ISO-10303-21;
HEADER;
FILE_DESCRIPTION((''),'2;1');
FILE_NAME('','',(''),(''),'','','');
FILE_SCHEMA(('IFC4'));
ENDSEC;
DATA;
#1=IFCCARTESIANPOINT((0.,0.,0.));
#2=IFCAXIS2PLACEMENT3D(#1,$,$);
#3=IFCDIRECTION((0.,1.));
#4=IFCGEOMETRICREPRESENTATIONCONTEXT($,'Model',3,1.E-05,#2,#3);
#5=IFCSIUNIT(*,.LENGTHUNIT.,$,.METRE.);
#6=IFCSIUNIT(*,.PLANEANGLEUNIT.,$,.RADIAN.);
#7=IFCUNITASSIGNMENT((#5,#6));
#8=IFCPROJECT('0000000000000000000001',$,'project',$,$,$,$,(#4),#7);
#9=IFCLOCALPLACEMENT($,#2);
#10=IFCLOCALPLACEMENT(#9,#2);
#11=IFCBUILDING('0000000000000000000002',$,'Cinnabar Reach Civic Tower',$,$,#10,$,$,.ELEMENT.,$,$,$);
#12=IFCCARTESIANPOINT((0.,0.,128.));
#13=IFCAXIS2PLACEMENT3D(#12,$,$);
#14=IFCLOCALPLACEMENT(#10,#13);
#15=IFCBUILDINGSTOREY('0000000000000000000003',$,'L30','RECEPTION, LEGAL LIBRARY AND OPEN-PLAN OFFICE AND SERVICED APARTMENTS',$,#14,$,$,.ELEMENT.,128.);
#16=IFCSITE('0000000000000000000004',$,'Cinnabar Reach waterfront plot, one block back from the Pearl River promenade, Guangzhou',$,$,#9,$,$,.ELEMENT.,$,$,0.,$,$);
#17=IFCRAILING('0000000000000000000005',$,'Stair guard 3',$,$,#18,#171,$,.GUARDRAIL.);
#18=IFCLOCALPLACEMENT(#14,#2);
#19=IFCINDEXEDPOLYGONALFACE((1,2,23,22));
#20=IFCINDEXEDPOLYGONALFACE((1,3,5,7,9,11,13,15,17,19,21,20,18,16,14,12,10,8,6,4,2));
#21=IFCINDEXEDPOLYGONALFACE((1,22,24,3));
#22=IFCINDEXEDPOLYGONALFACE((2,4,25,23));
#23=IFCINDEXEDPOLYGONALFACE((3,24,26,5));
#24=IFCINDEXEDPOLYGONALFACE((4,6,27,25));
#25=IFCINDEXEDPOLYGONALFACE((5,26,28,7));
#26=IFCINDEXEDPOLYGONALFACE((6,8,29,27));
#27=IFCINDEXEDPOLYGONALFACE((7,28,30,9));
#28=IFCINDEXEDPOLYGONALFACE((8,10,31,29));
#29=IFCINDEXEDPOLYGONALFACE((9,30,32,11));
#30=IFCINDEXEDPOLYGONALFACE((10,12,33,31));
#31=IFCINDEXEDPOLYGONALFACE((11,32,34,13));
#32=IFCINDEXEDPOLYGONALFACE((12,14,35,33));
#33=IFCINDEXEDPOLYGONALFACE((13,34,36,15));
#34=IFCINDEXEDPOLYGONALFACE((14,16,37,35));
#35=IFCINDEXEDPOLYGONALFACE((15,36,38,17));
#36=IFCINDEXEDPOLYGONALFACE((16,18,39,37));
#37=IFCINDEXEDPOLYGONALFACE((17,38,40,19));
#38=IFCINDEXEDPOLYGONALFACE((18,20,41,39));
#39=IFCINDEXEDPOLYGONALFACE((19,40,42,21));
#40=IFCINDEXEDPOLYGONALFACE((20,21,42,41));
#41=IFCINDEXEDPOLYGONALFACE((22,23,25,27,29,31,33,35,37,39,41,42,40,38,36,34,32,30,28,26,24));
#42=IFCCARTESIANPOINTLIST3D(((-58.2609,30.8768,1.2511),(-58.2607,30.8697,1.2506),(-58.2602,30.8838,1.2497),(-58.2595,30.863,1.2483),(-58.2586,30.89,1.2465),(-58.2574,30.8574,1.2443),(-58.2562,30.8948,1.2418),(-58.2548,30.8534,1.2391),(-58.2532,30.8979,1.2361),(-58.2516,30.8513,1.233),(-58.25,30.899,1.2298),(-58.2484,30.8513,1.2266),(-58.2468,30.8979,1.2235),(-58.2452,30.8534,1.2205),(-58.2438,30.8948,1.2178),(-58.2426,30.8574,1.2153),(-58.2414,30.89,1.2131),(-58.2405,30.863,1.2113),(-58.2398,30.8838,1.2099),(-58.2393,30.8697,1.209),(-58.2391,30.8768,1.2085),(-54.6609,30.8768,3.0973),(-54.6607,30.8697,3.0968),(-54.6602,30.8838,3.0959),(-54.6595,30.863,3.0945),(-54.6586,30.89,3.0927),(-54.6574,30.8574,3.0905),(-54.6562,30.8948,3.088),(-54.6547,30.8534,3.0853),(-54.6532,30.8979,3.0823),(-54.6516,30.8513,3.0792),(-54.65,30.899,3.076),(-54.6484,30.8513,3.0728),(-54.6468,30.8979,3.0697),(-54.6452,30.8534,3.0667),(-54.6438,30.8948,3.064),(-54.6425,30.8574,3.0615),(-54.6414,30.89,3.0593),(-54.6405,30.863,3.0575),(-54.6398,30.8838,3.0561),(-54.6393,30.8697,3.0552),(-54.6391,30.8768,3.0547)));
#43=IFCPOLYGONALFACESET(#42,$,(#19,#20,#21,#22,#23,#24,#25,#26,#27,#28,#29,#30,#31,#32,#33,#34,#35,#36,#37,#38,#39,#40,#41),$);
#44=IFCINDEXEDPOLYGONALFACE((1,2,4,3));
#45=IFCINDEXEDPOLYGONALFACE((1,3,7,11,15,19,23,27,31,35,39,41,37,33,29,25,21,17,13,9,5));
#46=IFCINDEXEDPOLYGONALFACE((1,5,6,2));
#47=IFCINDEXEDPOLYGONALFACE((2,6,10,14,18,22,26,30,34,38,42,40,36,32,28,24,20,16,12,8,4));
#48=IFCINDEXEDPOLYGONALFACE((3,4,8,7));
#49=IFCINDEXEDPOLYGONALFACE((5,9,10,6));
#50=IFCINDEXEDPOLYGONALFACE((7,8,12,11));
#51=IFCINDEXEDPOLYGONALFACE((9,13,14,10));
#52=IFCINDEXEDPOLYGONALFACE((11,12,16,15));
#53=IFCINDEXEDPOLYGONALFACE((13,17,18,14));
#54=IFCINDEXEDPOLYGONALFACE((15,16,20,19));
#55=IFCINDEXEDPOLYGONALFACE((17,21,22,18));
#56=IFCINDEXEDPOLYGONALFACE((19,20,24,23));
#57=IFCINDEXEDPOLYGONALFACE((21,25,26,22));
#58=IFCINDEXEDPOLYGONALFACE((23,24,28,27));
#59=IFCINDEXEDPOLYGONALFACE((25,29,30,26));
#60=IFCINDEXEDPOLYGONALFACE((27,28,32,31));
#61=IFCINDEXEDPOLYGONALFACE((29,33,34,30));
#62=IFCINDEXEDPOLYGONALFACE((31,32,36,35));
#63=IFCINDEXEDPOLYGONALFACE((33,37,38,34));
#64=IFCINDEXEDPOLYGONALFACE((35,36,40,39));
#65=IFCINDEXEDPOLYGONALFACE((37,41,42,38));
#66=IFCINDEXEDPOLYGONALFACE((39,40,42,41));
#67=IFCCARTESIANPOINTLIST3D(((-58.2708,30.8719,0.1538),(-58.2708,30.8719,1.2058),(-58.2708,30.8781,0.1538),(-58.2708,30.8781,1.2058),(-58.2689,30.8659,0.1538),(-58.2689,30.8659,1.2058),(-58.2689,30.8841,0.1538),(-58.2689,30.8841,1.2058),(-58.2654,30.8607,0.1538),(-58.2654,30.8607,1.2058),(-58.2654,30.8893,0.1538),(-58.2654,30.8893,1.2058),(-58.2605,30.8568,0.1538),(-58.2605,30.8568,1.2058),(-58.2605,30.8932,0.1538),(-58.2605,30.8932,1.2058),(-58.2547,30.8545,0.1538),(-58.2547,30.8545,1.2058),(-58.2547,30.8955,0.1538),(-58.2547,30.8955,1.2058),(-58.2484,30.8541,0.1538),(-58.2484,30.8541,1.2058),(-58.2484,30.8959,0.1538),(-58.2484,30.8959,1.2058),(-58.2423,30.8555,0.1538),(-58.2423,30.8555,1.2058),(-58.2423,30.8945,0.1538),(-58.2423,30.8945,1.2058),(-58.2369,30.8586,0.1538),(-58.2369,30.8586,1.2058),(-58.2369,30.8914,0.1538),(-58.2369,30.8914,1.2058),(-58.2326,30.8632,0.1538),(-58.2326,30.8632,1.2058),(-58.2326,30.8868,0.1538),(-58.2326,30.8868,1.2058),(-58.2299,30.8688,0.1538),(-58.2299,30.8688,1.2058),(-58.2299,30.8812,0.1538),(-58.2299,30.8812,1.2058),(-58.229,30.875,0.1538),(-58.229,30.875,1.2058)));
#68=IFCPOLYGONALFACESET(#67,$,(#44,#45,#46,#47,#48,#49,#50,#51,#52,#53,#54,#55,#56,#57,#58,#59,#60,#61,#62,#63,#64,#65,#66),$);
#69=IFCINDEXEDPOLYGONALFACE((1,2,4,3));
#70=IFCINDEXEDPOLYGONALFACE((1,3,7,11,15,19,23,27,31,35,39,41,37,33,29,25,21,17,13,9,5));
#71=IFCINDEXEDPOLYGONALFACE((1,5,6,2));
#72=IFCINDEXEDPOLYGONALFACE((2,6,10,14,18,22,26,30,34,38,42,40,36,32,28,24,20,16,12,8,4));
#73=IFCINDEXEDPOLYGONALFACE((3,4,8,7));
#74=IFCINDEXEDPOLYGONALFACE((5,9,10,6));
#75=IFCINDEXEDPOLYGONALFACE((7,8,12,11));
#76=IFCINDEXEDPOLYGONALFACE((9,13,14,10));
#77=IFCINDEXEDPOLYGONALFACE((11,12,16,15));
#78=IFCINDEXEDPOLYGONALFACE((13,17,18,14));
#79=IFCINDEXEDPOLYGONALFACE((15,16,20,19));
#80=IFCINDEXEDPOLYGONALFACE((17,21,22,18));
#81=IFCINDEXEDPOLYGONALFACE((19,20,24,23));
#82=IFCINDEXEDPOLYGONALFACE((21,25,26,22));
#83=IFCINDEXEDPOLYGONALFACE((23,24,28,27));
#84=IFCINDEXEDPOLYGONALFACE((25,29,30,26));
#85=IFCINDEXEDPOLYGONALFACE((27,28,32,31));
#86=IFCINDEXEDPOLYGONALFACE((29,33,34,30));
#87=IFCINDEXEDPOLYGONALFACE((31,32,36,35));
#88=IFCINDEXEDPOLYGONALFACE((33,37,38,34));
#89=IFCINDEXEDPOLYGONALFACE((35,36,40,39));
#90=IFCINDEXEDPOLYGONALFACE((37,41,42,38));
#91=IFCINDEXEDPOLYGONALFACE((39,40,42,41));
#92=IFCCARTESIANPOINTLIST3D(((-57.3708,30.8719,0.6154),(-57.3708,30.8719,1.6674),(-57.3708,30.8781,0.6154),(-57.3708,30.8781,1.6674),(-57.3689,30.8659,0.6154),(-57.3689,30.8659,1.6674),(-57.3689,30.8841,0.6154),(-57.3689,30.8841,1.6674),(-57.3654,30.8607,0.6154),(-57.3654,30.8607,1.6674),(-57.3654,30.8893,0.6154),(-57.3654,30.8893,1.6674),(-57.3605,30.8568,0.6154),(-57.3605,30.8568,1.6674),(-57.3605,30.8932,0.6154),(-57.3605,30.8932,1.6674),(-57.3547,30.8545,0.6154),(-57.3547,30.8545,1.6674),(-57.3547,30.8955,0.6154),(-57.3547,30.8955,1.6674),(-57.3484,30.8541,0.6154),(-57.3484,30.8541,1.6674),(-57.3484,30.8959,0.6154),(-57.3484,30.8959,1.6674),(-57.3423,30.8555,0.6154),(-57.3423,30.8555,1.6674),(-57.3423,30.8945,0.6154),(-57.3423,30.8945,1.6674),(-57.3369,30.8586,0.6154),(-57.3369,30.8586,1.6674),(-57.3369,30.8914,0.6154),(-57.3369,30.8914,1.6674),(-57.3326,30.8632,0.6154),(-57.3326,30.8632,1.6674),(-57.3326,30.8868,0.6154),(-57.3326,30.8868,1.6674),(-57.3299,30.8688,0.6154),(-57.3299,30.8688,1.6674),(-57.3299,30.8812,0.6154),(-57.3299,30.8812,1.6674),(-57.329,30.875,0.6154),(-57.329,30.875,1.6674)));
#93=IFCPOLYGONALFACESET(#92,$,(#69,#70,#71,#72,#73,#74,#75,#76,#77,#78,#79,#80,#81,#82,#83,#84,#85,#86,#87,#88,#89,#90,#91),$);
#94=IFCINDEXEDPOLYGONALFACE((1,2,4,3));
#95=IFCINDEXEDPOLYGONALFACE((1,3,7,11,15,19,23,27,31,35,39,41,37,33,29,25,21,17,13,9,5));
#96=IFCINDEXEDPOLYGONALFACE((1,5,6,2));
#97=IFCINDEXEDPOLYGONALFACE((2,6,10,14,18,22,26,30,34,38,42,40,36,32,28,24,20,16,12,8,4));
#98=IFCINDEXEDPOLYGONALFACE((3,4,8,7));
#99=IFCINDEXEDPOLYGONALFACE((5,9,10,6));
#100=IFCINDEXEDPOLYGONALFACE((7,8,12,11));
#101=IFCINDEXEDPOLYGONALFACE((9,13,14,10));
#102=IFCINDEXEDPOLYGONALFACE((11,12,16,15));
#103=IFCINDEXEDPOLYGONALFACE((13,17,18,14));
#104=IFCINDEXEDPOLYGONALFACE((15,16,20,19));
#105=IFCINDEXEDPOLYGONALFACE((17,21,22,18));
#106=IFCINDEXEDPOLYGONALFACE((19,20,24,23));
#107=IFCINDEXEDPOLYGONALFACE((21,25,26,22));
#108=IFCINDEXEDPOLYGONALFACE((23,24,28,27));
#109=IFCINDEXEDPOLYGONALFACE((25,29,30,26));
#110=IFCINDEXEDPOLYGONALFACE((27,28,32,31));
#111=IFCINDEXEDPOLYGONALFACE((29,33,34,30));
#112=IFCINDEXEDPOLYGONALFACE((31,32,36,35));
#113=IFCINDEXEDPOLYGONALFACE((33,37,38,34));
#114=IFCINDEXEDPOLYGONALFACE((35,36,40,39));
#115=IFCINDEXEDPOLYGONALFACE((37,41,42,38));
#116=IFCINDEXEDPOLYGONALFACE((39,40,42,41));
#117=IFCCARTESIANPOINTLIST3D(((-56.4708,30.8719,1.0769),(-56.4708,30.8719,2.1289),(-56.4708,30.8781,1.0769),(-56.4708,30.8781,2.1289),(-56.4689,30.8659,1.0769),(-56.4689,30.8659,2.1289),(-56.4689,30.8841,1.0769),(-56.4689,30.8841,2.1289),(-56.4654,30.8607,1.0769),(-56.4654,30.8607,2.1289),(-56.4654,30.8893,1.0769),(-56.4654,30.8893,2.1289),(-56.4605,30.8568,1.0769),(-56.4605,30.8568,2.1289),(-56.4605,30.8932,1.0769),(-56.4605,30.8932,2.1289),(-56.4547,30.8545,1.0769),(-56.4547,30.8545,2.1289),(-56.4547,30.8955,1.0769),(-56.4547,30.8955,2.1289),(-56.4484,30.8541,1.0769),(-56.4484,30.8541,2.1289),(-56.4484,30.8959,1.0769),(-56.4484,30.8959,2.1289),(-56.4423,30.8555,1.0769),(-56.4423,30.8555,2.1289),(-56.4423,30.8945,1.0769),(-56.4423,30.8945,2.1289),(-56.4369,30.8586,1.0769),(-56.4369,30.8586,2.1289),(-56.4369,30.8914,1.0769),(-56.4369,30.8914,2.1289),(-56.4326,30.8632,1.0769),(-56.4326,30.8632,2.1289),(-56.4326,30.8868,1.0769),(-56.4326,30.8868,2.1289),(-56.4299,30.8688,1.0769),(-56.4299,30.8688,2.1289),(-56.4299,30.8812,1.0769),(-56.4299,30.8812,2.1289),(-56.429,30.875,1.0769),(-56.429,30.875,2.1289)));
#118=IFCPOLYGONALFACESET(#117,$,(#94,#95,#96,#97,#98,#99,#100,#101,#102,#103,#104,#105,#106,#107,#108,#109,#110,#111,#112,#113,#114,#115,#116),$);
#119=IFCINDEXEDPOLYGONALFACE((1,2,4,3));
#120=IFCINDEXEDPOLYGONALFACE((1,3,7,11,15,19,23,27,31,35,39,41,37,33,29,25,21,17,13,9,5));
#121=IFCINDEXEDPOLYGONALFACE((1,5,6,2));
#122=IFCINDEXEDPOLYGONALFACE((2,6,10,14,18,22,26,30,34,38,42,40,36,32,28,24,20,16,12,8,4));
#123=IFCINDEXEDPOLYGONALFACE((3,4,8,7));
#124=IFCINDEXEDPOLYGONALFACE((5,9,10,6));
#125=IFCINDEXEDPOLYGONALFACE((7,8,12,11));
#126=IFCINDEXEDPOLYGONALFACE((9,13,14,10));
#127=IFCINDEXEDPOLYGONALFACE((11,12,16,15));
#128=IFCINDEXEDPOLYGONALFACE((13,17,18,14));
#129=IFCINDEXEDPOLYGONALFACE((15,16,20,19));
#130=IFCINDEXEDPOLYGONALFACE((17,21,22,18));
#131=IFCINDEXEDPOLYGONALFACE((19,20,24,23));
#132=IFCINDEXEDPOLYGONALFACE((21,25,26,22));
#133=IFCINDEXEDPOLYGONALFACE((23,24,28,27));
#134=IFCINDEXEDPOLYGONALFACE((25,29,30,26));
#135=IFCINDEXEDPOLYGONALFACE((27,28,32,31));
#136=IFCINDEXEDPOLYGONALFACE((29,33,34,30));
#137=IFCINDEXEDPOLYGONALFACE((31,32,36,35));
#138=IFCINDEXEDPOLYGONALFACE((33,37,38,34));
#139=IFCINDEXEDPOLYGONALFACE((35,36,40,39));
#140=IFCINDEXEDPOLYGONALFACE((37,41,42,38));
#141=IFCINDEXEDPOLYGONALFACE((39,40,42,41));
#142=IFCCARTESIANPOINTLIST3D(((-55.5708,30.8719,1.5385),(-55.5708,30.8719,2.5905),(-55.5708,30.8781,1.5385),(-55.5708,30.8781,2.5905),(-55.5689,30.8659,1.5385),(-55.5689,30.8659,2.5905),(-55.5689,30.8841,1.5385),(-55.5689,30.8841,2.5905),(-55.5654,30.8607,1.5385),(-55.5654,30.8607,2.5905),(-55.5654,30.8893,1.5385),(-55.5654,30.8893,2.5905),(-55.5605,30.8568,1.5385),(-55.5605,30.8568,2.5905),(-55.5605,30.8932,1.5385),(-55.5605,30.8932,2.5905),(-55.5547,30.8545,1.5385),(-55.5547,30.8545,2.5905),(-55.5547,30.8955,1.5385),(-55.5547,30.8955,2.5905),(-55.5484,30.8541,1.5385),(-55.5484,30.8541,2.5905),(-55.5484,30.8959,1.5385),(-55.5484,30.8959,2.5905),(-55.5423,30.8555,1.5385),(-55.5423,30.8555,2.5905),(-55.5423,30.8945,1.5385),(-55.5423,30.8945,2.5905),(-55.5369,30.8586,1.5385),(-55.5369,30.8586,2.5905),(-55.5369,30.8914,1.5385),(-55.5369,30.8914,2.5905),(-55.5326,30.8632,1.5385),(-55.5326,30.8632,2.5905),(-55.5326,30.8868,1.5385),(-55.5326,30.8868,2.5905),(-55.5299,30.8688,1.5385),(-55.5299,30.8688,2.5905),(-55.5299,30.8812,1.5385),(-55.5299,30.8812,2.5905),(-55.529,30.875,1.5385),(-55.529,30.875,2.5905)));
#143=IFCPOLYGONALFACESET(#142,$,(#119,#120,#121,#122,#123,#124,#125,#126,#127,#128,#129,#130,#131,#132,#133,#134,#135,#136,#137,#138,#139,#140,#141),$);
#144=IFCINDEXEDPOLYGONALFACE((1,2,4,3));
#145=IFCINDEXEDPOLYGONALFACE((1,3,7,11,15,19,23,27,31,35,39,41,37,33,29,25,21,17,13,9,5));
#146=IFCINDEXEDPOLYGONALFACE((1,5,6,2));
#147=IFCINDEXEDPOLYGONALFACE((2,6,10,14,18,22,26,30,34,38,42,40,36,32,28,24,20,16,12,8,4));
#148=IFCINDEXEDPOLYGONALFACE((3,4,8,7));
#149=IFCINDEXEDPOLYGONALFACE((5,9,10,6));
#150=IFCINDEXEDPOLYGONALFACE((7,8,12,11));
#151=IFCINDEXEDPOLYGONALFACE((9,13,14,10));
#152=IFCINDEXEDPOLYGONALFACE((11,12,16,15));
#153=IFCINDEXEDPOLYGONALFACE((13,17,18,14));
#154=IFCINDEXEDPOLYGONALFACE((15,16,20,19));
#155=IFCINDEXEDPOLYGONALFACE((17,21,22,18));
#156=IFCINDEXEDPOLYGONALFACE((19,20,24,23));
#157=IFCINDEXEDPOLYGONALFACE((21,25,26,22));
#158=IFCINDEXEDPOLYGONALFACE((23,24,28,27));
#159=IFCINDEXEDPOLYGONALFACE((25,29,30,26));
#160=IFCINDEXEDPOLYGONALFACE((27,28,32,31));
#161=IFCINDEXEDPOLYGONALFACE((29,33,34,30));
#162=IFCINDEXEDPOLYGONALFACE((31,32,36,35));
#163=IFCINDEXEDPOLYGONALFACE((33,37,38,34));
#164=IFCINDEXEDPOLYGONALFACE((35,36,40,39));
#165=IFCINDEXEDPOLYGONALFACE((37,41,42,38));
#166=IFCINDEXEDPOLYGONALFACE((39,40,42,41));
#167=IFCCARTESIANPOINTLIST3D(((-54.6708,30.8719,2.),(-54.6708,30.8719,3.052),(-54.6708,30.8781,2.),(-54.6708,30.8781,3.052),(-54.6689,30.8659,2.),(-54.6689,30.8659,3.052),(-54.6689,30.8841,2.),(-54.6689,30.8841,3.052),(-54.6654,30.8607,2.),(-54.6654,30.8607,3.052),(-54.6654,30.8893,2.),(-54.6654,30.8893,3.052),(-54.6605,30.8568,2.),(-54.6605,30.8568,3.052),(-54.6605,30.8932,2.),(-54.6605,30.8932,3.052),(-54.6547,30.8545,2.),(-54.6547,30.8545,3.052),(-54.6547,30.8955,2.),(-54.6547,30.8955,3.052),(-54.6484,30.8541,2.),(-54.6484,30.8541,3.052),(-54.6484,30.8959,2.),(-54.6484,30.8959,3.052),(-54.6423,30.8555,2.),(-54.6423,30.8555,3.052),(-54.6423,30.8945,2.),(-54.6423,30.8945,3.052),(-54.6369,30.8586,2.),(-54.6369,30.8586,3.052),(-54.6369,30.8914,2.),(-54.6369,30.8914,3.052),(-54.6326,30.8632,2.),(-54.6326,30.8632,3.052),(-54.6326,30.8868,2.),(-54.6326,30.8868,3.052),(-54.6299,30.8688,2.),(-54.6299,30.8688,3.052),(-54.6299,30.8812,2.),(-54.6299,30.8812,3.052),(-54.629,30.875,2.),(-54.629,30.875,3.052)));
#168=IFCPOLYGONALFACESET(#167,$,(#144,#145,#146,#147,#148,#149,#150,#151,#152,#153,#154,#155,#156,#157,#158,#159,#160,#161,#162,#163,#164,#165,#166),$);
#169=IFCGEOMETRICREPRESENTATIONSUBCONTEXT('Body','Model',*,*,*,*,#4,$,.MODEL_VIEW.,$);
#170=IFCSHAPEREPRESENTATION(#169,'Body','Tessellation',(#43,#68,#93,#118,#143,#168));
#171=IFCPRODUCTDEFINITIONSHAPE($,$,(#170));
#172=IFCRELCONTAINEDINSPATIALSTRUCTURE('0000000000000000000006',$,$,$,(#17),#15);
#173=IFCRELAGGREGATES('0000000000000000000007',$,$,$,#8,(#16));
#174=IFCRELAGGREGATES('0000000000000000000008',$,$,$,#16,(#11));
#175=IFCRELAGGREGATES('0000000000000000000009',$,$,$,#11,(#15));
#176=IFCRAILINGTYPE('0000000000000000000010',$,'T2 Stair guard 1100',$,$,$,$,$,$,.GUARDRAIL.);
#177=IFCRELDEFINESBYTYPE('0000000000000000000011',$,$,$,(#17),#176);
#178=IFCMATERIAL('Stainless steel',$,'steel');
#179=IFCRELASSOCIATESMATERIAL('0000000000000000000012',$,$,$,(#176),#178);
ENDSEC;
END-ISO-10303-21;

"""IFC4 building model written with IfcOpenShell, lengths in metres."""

from ifc_helpers import new_model, si_unit, direction, frame, origin, origin_2d, place, context, subcontext, project, spatial, circle, extrude, material, type_object, element, save


model = new_model("IFC4")

# Units and contexts
model_context = context("Model", 3, precision=1e-05, world=origin(), true_north=direction((0.0, 1.0)))
body_context = subcontext(model_context, "Body", "Model", "MODEL_VIEW")
ifc_project = project(units=[si_unit("LENGTHUNIT", "METRE"), si_unit("PLANEANGLEUNIT", "RADIAN")], contexts=[model_context])

# Site, building, storey
site_placement = place(None, origin())
site = spatial("IfcSite", under=ifc_project, at=site_placement, Name="Cinnabar Reach waterfront plot, one block back from the Pearl River promenade, Guangzhou", CompositionType="ELEMENT", RefElevation=0.0)
building_placement = place(site_placement, origin())
building = spatial("IfcBuilding", under=site, at=building_placement, Name="Cinnabar Reach Civic Tower", CompositionType="ELEMENT")
storey_placement = place(building_placement, frame((0.0, 0.0, 128.0)))
storey = spatial("IfcBuildingStorey", under=building, at=storey_placement, Name="L30", Description="RECEPTION, LEGAL LIBRARY AND OPEN-PLAN OFFICE AND SERVICED APARTMENTS", CompositionType="ELEMENT", Elevation=128.0)

# Railing
ifc_material_1 = material(Name="Stainless steel", Category="steel")
railing_type = type_object("IfcRailingType", Name="T2 Stair guard 1100", PredefinedType="GUARDRAIL", material=ifc_material_1)
railing_1_placement = place(storey_placement, frame((-58.25, 30.875, 0.1538)))
element("IfcRailing", 1, at=railing_1_placement, inside=storey, type_object=railing_type, Name="Stair guard 3", PredefinedType="GUARDRAIL", context=body_context, shape_type="SweptSolid", body=[
    extrude(circle(Radius=0.024, at=origin_2d()), frame((0.0, 0.0, 1.076), z_axis=(0.889813, 0.0, 0.456326), x_axis=(0.0, 1.0, 0.0)), (0.0, 0.0, 1.0), 4.0458),
    extrude(circle(Radius=0.021, at=origin_2d()), origin(), (0.0, 0.0, 1.0), 1.052),
    extrude(circle(Radius=0.021, at=origin_2d()), frame((0.9, 0.0, 0.4616)), (0.0, 0.0, 1.0), 1.052),
    extrude(circle(Radius=0.021, at=origin_2d()), frame((1.8, 0.0, 0.9231)), (0.0, 0.0, 1.0), 1.052),
    extrude(circle(Radius=0.021, at=origin_2d()), frame((2.7, 0.0, 1.3847)), (0.0, 0.0, 1.0), 1.052),
    extrude(circle(Radius=0.021, at=origin_2d()), frame((3.6, 0.0, 1.8462)), (0.0, 0.0, 1.0), 1.052),
])

save(model, "model.ifc")
